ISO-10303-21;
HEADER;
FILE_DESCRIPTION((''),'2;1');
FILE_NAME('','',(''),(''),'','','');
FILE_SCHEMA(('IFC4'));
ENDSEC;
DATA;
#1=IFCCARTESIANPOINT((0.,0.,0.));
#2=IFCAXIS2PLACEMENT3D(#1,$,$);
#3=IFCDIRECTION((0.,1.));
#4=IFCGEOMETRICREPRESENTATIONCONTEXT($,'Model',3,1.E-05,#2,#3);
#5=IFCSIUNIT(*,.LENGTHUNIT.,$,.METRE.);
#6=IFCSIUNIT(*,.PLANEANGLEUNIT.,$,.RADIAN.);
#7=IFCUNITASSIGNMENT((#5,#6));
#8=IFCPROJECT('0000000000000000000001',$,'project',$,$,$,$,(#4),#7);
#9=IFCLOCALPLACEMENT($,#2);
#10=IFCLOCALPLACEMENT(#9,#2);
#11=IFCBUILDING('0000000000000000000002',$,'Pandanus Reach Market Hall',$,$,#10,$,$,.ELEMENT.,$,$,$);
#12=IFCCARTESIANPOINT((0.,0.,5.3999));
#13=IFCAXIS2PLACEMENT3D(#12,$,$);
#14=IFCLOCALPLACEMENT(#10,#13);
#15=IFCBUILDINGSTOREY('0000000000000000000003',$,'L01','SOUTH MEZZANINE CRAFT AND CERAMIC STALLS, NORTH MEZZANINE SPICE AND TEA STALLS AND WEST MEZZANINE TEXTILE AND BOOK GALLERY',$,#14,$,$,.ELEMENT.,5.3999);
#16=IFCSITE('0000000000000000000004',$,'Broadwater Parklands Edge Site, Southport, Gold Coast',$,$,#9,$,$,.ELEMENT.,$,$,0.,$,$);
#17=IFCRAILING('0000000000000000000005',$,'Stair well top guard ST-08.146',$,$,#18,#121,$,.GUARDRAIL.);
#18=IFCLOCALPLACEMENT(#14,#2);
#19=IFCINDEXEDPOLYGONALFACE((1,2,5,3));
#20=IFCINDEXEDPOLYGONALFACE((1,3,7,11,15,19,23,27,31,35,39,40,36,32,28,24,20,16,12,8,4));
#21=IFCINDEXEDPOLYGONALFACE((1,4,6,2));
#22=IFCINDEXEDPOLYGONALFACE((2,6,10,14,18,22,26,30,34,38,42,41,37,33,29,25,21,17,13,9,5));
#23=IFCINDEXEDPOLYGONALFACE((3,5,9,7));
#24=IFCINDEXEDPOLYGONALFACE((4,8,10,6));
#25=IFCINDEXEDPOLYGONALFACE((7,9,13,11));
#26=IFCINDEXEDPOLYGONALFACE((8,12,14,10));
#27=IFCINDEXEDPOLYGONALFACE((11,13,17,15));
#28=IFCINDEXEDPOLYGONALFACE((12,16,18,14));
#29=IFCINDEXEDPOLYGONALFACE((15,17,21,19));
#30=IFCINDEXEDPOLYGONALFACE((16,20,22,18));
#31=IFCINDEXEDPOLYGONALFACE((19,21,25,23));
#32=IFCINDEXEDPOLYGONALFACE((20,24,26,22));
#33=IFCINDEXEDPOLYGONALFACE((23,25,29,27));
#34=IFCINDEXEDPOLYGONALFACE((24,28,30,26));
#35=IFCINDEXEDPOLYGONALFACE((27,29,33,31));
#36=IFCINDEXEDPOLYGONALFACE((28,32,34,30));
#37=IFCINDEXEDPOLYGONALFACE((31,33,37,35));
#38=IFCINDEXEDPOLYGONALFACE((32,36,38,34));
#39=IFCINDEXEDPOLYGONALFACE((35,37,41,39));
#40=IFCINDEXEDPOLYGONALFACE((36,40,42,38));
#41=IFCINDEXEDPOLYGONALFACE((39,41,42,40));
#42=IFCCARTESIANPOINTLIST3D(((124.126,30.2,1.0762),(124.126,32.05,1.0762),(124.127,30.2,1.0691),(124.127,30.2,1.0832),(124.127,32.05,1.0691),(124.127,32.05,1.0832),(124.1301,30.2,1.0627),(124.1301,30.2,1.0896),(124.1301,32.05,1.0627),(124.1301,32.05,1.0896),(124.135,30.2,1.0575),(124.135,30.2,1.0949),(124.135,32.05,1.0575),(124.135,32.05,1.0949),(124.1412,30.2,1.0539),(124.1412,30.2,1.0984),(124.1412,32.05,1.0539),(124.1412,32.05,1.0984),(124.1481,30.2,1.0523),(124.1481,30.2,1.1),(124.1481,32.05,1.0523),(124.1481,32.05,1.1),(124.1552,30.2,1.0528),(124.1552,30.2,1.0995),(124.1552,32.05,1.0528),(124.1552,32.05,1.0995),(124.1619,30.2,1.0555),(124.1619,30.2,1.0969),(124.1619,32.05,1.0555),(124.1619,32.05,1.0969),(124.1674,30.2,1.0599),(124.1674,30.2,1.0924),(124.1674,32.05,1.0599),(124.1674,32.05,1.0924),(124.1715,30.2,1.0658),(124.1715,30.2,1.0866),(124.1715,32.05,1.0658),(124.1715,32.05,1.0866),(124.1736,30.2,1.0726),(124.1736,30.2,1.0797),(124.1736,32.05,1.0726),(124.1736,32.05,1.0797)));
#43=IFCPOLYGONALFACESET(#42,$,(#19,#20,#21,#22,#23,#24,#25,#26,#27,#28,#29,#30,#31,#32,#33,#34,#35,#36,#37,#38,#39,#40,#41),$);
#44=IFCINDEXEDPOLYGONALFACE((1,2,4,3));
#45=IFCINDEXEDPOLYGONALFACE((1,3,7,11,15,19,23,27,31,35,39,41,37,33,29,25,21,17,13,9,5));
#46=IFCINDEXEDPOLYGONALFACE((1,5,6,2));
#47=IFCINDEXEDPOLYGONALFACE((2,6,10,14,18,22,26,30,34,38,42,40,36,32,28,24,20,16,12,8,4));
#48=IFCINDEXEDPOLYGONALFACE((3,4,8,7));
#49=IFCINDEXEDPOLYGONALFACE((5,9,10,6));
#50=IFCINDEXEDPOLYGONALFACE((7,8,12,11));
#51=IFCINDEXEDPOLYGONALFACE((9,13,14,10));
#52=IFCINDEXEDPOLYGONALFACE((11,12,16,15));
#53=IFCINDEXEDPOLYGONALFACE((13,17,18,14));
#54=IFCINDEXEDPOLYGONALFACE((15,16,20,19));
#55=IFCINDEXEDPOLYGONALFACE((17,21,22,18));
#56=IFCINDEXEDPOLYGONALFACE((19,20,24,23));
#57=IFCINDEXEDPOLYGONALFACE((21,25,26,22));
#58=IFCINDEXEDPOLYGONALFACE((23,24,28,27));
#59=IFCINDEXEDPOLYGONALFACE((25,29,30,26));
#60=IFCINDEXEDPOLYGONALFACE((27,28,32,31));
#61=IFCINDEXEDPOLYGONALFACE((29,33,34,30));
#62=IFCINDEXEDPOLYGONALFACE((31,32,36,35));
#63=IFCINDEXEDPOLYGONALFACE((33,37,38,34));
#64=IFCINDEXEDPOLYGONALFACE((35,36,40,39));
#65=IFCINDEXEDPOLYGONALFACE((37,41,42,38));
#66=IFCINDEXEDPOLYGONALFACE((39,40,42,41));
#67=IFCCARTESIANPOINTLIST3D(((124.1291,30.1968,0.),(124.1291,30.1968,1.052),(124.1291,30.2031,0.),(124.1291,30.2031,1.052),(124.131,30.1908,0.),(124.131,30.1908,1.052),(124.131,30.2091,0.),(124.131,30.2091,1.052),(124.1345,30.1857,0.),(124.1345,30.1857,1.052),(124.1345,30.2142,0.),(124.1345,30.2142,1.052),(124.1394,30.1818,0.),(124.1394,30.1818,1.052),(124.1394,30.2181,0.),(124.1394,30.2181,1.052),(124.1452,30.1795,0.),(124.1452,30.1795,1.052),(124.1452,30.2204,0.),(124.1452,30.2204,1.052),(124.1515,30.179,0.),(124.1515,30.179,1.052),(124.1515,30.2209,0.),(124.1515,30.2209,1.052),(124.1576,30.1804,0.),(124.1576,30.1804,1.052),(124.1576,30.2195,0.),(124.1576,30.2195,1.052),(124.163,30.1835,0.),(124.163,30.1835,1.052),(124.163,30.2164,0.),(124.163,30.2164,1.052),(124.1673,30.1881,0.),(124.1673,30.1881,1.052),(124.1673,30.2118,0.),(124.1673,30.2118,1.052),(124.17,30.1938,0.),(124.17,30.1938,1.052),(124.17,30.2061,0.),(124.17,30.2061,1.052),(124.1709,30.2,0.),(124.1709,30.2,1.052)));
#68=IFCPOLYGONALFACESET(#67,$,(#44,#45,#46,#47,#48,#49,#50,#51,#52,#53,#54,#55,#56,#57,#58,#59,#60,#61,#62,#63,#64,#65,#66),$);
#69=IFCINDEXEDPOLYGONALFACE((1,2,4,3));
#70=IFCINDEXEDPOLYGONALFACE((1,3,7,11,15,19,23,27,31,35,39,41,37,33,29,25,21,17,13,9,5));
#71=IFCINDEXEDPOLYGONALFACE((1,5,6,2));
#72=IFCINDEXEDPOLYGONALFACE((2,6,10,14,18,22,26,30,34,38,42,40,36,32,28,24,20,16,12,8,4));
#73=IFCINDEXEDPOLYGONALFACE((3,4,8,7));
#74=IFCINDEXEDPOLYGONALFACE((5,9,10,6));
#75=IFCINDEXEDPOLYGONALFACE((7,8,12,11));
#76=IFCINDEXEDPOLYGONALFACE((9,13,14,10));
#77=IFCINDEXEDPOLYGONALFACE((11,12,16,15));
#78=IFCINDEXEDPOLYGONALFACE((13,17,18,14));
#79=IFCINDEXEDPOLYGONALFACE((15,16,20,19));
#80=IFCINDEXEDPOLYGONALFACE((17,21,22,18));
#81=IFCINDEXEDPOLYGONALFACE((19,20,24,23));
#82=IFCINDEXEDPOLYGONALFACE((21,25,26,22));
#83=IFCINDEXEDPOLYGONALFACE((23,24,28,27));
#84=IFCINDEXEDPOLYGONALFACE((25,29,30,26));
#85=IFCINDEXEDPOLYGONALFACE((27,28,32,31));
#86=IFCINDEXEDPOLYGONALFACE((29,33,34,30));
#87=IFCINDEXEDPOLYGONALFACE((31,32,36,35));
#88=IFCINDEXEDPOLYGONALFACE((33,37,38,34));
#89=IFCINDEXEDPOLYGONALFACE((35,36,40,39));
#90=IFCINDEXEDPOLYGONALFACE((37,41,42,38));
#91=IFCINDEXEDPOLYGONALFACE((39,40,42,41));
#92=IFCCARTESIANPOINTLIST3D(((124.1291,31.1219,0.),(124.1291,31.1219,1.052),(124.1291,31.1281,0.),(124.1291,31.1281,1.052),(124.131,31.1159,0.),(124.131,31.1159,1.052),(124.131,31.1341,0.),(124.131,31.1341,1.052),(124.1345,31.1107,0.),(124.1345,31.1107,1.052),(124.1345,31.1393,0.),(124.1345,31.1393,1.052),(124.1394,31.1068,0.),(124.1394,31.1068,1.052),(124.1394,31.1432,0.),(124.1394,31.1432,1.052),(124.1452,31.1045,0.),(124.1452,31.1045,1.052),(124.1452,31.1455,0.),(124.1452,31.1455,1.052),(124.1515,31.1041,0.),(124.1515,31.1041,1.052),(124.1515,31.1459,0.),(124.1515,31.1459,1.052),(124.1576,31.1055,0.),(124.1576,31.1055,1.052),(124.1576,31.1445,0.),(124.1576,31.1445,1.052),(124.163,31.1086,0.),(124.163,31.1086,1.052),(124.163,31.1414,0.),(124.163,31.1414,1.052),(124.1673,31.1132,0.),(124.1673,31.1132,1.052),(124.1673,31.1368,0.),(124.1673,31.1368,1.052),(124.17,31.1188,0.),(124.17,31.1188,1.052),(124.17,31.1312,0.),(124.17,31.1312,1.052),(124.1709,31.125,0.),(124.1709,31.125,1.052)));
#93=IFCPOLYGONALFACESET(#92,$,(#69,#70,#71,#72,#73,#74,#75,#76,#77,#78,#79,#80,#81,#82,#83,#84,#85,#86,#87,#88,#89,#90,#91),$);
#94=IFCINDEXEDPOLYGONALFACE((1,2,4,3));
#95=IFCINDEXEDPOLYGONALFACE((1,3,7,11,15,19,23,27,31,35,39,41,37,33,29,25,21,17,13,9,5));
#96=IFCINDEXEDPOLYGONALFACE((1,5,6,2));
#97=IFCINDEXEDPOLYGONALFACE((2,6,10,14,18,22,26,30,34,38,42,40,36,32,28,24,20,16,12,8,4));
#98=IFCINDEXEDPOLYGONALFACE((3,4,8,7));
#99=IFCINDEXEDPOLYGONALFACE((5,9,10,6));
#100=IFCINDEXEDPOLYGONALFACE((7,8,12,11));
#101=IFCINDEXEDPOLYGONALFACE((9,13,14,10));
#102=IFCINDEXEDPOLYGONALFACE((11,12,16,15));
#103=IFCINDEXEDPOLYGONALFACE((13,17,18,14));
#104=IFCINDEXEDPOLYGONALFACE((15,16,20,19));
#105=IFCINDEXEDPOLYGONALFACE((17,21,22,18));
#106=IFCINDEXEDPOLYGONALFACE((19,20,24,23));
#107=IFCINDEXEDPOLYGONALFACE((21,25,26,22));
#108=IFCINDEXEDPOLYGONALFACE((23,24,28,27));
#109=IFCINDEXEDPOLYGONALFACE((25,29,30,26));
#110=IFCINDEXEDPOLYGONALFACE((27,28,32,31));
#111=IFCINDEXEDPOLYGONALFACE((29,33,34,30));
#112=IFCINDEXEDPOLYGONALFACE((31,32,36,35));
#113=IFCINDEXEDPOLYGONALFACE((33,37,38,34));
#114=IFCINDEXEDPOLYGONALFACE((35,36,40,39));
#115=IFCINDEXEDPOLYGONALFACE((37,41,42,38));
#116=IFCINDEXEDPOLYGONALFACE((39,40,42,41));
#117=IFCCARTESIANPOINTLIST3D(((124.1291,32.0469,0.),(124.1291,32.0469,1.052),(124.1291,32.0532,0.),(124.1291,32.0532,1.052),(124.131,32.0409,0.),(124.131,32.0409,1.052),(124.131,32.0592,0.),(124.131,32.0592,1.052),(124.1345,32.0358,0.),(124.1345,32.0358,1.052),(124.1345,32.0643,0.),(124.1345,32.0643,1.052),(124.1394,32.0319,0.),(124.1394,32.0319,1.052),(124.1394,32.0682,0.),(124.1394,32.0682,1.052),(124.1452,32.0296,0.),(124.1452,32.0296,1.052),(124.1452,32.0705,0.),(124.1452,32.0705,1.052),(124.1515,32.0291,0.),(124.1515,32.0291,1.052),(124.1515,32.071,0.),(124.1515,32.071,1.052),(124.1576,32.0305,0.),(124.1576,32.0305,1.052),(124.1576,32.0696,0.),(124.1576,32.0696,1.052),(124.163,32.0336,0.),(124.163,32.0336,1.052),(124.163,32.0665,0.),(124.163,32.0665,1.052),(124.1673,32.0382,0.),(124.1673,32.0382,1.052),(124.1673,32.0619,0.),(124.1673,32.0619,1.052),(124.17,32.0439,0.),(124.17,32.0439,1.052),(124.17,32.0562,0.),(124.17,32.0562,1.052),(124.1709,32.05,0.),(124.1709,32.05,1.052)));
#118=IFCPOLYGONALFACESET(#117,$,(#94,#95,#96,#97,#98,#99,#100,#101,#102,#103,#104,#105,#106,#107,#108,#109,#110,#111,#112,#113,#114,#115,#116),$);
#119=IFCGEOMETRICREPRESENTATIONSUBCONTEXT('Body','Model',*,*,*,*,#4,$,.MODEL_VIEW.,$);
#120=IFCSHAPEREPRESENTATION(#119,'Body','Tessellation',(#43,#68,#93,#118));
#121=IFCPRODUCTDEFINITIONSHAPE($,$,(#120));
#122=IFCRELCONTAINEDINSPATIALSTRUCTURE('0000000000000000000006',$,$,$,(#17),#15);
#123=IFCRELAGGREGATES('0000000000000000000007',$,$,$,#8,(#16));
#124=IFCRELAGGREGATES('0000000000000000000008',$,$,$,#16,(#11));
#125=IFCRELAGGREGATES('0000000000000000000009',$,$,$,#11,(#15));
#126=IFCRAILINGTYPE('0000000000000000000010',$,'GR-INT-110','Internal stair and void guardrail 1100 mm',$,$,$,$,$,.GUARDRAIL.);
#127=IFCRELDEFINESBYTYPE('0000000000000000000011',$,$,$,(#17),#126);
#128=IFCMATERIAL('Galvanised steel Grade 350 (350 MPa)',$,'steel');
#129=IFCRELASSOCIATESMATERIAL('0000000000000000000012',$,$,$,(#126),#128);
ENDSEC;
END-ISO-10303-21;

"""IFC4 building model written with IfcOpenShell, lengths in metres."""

from ifc_helpers import new_model, si_unit, direction, frame, origin, origin_2d, place, context, subcontext, project, spatial, circle, extrude, material, type_object, element, save


model = new_model("IFC4")

# Units and contexts
model_context = context("Model", 3, precision=1e-05, world=origin(), true_north=direction((0.0, 1.0)))
body_context = subcontext(model_context, "Body", "Model", "MODEL_VIEW")
ifc_project = project(units=[si_unit("LENGTHUNIT", "METRE"), si_unit("PLANEANGLEUNIT", "RADIAN")], contexts=[model_context])

# Site, building, storey
site_placement = place(None, origin())
site = spatial("IfcSite", under=ifc_project, at=site_placement, Name="Broadwater Parklands Edge Site, Southport, Gold Coast", CompositionType="ELEMENT", RefElevation=0.0)
building_placement = place(site_placement, origin())
building = spatial("IfcBuilding", under=site, at=building_placement, Name="Pandanus Reach Market Hall", CompositionType="ELEMENT")
storey_placement = place(building_placement, frame((0.0, 0.0, 5.3999)))
storey = spatial("IfcBuildingStorey", under=building, at=storey_placement, Name="L01", Description="SOUTH MEZZANINE CRAFT AND CERAMIC STALLS, NORTH MEZZANINE SPICE AND TEA STALLS AND WEST MEZZANINE TEXTILE AND BOOK GALLERY", CompositionType="ELEMENT", Elevation=5.3999)

# Railing
ifc_material_1 = material(Name="Galvanised steel Grade 350 (350 MPa)", Category="steel")
railing_type = type_object("IfcRailingType", Name="GR-INT-110", Description="Internal stair and void guardrail 1100 mm", PredefinedType="GUARDRAIL", material=ifc_material_1)
railing_placement = place(storey_placement, frame((124.1499, 30.2, 0.0)))
element("IfcRailing", 1, at=railing_placement, inside=storey, type_object=railing_type, Name="Stair well top guard ST-08.146", PredefinedType="GUARDRAIL", context=body_context, shape_type="SweptSolid", body=[
    extrude(circle(Radius=0.0239, at=origin_2d()), frame((0.0, 0.0, 1.0762), z_axis=(0.0, 1.0, 0.0), x_axis=(-1.0, 0.0, 0.0)), (0.0, 0.0, 1.0), 1.8501),
    extrude(circle(Radius=0.021, at=origin_2d()), origin(), (0.0, 0.0, 1.0), 1.052),
    extrude(circle(Radius=0.021, at=origin_2d()), frame((0.0, 0.925, 0.0)), (0.0, 0.0, 1.0), 1.052),
    extrude(circle(Radius=0.021, at=origin_2d()), frame((0.0, 1.8501, 0.0)), (0.0, 0.0, 1.0), 1.052),
])

save(model, "model.ifc")
